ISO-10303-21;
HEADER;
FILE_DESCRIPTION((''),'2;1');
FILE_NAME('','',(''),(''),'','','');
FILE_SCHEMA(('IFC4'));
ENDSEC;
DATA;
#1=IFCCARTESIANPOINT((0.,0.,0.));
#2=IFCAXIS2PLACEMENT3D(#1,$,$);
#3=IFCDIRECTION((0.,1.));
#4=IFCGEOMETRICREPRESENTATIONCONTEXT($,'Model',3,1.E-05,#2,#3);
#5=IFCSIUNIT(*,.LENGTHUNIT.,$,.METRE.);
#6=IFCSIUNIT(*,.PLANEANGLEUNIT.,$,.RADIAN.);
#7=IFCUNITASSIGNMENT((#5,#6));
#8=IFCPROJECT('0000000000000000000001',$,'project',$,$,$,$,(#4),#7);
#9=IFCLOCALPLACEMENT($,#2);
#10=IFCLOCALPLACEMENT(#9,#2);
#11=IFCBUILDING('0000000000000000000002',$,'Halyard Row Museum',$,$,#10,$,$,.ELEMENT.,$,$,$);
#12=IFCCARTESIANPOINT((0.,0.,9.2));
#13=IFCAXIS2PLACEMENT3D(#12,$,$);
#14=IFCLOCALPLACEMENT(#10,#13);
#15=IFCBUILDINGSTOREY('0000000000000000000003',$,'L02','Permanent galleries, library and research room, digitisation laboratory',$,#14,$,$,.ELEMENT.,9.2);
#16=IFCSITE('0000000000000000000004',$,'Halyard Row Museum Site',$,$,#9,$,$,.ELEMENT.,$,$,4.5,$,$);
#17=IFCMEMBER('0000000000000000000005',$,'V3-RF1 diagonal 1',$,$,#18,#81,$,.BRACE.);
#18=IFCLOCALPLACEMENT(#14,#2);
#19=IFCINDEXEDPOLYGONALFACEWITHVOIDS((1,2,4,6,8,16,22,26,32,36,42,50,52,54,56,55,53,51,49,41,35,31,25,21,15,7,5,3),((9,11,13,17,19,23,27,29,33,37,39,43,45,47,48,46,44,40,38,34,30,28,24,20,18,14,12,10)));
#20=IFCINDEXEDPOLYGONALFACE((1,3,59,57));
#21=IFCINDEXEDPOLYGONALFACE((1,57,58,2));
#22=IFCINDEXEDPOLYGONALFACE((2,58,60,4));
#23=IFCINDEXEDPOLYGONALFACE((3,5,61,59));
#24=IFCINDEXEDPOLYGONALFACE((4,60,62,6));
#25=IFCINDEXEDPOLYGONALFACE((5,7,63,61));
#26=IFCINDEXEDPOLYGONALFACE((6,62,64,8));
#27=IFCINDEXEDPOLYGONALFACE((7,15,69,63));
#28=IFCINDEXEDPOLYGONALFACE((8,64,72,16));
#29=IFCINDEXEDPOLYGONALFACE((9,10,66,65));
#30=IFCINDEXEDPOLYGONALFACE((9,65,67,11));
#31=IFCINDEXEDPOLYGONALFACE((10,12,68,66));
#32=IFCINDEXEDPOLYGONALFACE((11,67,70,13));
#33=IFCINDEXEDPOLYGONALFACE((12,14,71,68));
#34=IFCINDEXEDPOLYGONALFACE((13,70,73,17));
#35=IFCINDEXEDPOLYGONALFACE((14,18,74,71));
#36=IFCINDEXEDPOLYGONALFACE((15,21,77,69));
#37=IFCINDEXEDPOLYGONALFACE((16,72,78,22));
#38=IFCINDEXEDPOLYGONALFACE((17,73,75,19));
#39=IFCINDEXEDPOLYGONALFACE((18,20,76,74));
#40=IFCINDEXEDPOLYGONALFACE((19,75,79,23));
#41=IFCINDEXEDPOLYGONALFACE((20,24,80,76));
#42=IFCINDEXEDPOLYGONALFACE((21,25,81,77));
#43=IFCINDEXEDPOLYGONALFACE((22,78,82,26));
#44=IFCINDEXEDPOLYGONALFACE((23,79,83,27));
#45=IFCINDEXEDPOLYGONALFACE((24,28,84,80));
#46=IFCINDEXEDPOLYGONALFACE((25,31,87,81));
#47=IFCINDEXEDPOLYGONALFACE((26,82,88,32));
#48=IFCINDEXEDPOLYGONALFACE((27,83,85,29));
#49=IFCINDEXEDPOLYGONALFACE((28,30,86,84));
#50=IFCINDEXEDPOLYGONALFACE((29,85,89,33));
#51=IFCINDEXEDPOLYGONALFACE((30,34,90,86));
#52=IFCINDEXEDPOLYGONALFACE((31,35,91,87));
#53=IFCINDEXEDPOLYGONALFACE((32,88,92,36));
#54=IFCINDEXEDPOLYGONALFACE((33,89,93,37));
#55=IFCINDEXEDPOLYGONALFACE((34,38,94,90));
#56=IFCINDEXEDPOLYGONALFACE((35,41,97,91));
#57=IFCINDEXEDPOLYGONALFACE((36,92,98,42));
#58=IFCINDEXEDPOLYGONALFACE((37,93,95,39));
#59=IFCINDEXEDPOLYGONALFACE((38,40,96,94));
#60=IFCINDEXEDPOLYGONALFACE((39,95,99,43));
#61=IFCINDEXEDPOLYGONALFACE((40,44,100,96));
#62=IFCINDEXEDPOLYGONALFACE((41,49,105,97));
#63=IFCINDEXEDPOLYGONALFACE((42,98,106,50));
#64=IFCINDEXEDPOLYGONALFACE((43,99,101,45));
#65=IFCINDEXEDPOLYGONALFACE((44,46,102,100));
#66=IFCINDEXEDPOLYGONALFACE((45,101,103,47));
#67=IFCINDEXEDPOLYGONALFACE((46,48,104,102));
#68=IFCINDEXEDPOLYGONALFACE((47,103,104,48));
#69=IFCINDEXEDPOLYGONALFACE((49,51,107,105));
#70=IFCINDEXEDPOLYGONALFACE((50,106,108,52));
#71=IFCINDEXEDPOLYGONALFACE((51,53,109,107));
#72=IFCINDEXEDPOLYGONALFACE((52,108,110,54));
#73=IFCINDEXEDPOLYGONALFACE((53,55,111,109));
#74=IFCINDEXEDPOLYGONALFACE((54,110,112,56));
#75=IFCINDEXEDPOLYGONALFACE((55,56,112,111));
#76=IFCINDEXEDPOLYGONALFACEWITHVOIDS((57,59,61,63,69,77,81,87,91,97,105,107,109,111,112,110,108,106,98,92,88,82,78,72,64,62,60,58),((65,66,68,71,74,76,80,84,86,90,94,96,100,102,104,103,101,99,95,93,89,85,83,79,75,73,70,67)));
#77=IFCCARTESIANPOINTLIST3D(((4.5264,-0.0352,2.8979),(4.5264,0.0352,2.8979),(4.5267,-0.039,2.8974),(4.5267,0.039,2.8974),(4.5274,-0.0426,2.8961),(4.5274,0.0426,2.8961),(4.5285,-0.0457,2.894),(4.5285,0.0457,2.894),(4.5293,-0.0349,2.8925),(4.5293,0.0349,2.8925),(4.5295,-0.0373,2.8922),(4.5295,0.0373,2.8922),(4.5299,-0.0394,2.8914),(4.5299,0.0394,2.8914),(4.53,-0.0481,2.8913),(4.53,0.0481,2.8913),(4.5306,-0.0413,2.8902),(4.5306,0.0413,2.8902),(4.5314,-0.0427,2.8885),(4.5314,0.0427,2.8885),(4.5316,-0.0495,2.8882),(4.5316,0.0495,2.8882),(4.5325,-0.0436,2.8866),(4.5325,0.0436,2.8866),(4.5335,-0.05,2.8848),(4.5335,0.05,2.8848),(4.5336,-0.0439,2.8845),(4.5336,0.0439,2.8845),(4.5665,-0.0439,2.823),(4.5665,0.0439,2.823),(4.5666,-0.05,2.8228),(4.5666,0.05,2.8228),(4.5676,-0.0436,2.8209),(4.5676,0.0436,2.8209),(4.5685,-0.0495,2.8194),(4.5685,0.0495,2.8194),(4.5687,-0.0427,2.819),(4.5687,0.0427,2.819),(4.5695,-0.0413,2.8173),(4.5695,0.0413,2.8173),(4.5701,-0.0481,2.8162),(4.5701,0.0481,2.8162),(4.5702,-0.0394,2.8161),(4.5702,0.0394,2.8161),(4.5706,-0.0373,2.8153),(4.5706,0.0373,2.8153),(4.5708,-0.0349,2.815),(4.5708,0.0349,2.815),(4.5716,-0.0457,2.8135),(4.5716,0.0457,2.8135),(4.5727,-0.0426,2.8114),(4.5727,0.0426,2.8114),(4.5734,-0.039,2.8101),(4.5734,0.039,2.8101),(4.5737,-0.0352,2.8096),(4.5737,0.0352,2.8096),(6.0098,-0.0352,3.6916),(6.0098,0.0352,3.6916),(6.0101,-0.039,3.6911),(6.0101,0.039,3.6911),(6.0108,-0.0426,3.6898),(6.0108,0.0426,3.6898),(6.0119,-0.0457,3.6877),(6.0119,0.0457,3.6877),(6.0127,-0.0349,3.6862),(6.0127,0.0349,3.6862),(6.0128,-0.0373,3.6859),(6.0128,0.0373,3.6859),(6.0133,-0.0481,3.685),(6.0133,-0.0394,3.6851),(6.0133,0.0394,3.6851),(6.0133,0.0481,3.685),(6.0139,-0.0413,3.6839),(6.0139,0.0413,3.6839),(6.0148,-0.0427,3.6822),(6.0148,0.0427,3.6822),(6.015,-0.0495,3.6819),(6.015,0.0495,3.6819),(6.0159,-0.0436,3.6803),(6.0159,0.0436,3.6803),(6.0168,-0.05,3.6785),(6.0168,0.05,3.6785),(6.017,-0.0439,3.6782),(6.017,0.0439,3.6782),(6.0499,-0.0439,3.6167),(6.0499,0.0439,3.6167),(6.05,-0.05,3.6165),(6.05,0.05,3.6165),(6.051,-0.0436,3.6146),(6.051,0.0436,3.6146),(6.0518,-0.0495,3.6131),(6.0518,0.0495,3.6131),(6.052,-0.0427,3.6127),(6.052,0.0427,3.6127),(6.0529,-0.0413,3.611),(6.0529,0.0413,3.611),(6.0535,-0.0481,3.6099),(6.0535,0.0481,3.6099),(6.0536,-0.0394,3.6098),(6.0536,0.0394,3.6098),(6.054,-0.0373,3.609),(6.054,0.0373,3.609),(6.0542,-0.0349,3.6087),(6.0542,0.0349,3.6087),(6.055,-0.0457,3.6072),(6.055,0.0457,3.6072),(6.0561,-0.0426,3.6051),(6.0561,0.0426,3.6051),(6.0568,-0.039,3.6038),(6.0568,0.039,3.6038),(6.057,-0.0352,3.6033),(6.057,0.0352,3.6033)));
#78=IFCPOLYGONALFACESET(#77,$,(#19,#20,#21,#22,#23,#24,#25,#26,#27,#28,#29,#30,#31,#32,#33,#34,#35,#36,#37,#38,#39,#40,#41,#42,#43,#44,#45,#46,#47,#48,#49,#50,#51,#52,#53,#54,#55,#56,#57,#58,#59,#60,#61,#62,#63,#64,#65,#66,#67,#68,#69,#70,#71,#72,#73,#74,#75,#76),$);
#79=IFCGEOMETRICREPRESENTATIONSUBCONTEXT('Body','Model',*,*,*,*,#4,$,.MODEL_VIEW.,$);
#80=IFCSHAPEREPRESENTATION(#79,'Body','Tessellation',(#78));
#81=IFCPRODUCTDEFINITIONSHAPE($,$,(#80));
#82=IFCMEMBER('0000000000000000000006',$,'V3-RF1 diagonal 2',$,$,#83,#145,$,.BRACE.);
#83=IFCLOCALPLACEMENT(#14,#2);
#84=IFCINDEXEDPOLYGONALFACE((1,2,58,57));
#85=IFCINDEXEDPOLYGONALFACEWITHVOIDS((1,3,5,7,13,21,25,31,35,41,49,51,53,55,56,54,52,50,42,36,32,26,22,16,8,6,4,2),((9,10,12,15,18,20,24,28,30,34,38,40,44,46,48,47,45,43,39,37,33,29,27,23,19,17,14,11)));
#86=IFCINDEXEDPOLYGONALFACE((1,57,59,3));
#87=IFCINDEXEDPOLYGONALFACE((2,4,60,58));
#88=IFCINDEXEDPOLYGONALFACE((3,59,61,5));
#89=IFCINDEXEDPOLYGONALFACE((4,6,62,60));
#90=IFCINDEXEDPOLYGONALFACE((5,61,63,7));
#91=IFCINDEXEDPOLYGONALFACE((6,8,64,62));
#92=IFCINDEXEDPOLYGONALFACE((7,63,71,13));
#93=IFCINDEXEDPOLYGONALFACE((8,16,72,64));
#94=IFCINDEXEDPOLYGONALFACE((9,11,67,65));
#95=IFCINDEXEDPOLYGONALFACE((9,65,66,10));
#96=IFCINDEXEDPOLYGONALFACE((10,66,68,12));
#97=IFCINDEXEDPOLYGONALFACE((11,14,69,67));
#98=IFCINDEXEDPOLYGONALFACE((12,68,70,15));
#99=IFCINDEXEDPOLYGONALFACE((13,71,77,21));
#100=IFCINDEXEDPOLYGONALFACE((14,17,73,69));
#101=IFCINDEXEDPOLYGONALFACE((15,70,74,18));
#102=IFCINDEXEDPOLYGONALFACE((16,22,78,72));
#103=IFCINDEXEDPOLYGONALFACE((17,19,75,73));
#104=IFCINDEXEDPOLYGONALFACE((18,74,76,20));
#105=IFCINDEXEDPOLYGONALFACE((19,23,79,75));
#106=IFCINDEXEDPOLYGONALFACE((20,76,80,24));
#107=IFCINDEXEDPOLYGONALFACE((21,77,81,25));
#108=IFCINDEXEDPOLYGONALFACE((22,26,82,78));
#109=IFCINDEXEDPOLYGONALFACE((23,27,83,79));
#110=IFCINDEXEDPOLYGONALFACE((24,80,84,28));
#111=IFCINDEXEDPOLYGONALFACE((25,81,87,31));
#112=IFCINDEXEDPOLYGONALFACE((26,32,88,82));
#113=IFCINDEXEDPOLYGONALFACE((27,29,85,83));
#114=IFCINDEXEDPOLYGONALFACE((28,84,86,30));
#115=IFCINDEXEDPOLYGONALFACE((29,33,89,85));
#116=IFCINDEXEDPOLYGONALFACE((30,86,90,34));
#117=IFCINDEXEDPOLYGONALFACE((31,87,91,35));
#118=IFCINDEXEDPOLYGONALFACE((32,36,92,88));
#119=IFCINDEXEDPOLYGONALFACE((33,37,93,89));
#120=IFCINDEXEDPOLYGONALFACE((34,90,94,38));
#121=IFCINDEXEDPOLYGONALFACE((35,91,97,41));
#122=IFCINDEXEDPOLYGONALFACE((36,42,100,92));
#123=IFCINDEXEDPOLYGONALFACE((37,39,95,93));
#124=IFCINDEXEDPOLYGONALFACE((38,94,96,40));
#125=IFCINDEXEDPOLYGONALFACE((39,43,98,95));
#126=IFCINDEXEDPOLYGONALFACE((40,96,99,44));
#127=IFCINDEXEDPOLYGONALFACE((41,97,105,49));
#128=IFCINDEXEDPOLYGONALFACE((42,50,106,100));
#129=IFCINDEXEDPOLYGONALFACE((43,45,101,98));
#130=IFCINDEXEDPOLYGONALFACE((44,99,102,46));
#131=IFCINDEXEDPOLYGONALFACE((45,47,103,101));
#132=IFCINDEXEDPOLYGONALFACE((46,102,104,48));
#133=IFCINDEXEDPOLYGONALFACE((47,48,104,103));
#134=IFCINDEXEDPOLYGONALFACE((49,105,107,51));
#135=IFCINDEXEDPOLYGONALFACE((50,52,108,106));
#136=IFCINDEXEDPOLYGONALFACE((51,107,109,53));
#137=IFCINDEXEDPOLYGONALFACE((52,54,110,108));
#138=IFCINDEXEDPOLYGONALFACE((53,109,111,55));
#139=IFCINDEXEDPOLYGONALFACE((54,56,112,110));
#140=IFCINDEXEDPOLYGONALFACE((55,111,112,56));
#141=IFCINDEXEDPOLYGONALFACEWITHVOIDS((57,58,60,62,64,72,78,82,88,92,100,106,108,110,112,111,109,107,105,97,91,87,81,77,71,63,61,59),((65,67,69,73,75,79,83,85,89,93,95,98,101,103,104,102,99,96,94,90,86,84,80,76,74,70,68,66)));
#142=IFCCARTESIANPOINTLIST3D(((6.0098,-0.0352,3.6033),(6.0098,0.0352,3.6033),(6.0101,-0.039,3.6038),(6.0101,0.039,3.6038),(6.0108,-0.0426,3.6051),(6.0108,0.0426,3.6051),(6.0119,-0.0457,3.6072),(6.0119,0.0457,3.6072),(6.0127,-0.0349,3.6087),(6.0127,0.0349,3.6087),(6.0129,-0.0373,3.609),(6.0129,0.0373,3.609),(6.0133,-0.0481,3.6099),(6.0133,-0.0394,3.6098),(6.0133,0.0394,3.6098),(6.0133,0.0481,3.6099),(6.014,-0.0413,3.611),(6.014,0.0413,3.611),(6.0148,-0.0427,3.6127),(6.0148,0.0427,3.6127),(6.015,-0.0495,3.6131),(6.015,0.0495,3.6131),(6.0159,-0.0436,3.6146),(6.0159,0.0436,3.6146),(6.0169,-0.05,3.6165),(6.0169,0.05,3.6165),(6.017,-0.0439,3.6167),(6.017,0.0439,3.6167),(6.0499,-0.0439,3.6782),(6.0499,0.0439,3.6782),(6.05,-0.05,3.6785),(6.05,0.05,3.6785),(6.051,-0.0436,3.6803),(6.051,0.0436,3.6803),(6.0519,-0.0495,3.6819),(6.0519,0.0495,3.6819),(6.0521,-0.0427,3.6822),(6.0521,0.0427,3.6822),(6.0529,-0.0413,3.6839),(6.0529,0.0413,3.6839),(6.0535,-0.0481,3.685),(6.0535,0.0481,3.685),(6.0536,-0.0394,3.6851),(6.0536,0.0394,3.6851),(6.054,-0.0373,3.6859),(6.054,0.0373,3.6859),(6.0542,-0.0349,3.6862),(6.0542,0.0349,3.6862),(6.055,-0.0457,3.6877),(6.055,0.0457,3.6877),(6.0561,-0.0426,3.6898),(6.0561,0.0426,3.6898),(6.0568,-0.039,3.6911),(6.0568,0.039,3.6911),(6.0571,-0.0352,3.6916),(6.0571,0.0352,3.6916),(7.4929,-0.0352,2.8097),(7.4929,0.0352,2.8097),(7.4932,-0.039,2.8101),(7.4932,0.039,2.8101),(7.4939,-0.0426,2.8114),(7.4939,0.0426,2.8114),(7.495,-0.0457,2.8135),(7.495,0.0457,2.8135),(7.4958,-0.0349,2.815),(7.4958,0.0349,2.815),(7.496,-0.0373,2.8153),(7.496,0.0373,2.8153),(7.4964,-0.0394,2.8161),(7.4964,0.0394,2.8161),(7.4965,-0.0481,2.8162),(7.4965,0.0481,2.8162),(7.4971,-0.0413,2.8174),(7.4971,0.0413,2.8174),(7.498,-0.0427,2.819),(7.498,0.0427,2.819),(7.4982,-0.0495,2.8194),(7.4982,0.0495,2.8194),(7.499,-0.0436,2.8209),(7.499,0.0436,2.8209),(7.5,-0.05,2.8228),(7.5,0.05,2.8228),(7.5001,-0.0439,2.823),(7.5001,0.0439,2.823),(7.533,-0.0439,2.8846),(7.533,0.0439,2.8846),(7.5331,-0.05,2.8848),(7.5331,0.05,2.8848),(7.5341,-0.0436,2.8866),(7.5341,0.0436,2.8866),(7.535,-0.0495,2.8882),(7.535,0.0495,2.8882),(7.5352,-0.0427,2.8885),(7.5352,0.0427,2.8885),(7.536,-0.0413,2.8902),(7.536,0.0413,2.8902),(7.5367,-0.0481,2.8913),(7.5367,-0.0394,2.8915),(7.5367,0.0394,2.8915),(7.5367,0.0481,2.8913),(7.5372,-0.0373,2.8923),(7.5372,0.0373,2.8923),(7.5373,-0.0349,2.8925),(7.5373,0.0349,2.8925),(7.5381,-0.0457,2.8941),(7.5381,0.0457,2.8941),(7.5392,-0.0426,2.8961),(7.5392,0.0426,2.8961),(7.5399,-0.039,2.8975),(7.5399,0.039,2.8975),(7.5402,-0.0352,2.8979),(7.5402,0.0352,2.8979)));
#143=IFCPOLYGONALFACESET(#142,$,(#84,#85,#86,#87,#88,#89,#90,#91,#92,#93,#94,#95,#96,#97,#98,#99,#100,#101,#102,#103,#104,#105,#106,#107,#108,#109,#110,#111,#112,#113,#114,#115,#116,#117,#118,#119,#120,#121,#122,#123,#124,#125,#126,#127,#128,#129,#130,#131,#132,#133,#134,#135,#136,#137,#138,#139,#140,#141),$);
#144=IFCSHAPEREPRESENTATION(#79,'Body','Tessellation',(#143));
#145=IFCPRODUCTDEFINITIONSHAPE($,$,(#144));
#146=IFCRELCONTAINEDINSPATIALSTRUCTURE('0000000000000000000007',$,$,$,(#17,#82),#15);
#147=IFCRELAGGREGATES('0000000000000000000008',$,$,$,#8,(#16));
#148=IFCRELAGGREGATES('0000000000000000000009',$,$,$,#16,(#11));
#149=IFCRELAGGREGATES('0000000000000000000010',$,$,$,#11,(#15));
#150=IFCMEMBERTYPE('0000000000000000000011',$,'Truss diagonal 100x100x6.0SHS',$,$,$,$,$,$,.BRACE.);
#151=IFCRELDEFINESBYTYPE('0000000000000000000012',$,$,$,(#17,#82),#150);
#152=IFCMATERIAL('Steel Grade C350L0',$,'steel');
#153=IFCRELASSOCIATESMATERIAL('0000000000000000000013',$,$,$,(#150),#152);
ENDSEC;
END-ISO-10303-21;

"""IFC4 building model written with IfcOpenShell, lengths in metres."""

from ifc_helpers import new_model, si_unit, direction, frame, origin, origin_2d, place, context, subcontext, project, spatial, hollow_rectangle, extrude, material, material_profile, profile_set, type_object, element, save


model = new_model("IFC4")

# Units and contexts
model_context = context("Model", 3, precision=1e-05, world=origin(), true_north=direction((0.0, 1.0)))
body_context = subcontext(model_context, "Body", "Model", "MODEL_VIEW")
ifc_project = project(units=[si_unit("LENGTHUNIT", "METRE"), si_unit("PLANEANGLEUNIT", "RADIAN")], contexts=[model_context])

# Site, building, storey
site_placement = place(None, origin())
site = spatial("IfcSite", under=ifc_project, at=site_placement, Name="Halyard Row Museum Site", CompositionType="ELEMENT", RefElevation=4.5)
building_placement = place(site_placement, origin())
building = spatial("IfcBuilding", under=site, at=building_placement, Name="Halyard Row Museum", CompositionType="ELEMENT")
storey_placement = place(building_placement, frame((0.0, 0.0, 9.2)))
storey = spatial("IfcBuildingStorey", under=building, at=storey_placement, Name="L02", Description="Permanent galleries, library and research room, digitisation laboratory", CompositionType="ELEMENT", Elevation=9.2)

# Members
ifc_material_1 = material(Name="Steel Grade C350L0", Category="steel")
ifc_material_profile_1 = material_profile(ifc_material_1, hollow_rectangle(XDim=0.1001, YDim=0.1001, WallThickness=0.0061, InnerFilletRadius=0.009, OuterFilletRadius=0.0149, at=origin_2d()), Name="100x100x6.0SHS")
ifc_profile_set_1 = profile_set([ifc_material_profile_1], Name="Steel Grade C350L0")
member_type_1 = type_object("IfcMemberType", Name="Truss diagonal 100x100x6.0SHS", PredefinedType="BRACE", material=ifc_profile_set_1)
member_1_placement = place(storey_placement, frame((4.55, 0.0, 2.8538), z_axis=(0.881721, 0.0, 0.47177), x_axis=(0.0, 1.0, 0.0)))
element("IfcMember", 1, at=member_1_placement, inside=storey, type_object=member_type_1, Name="V3-RF1 diagonal 1", PredefinedType="BRACE", context=body_context, shape_type="SweptSolid", body=[
    extrude(hollow_rectangle(XDim=0.1001, YDim=0.1001, WallThickness=0.0061, InnerFilletRadius=0.009, OuterFilletRadius=0.0149, at=origin_2d()), origin(), (0.0, 0.0, 1.0), 1.6824),
])
member_2_placement = place(storey_placement, frame((6.0334, 0.0, 3.6475), z_axis=(0.881689, 0.0, -0.471831), x_axis=(0.0, 1.0, 0.0)))
element("IfcMember", 2, at=member_2_placement, inside=storey, type_object=member_type_1, Name="V3-RF1 diagonal 2", PredefinedType="BRACE", context=body_context, shape_type="SweptSolid", body=[
    extrude(hollow_rectangle(XDim=0.1001, YDim=0.1001, WallThickness=0.0061, InnerFilletRadius=0.009, OuterFilletRadius=0.0149, at=origin_2d()), origin(), (0.0, 0.0, 1.0), 1.6821),
])

save(model, "model.ifc")
